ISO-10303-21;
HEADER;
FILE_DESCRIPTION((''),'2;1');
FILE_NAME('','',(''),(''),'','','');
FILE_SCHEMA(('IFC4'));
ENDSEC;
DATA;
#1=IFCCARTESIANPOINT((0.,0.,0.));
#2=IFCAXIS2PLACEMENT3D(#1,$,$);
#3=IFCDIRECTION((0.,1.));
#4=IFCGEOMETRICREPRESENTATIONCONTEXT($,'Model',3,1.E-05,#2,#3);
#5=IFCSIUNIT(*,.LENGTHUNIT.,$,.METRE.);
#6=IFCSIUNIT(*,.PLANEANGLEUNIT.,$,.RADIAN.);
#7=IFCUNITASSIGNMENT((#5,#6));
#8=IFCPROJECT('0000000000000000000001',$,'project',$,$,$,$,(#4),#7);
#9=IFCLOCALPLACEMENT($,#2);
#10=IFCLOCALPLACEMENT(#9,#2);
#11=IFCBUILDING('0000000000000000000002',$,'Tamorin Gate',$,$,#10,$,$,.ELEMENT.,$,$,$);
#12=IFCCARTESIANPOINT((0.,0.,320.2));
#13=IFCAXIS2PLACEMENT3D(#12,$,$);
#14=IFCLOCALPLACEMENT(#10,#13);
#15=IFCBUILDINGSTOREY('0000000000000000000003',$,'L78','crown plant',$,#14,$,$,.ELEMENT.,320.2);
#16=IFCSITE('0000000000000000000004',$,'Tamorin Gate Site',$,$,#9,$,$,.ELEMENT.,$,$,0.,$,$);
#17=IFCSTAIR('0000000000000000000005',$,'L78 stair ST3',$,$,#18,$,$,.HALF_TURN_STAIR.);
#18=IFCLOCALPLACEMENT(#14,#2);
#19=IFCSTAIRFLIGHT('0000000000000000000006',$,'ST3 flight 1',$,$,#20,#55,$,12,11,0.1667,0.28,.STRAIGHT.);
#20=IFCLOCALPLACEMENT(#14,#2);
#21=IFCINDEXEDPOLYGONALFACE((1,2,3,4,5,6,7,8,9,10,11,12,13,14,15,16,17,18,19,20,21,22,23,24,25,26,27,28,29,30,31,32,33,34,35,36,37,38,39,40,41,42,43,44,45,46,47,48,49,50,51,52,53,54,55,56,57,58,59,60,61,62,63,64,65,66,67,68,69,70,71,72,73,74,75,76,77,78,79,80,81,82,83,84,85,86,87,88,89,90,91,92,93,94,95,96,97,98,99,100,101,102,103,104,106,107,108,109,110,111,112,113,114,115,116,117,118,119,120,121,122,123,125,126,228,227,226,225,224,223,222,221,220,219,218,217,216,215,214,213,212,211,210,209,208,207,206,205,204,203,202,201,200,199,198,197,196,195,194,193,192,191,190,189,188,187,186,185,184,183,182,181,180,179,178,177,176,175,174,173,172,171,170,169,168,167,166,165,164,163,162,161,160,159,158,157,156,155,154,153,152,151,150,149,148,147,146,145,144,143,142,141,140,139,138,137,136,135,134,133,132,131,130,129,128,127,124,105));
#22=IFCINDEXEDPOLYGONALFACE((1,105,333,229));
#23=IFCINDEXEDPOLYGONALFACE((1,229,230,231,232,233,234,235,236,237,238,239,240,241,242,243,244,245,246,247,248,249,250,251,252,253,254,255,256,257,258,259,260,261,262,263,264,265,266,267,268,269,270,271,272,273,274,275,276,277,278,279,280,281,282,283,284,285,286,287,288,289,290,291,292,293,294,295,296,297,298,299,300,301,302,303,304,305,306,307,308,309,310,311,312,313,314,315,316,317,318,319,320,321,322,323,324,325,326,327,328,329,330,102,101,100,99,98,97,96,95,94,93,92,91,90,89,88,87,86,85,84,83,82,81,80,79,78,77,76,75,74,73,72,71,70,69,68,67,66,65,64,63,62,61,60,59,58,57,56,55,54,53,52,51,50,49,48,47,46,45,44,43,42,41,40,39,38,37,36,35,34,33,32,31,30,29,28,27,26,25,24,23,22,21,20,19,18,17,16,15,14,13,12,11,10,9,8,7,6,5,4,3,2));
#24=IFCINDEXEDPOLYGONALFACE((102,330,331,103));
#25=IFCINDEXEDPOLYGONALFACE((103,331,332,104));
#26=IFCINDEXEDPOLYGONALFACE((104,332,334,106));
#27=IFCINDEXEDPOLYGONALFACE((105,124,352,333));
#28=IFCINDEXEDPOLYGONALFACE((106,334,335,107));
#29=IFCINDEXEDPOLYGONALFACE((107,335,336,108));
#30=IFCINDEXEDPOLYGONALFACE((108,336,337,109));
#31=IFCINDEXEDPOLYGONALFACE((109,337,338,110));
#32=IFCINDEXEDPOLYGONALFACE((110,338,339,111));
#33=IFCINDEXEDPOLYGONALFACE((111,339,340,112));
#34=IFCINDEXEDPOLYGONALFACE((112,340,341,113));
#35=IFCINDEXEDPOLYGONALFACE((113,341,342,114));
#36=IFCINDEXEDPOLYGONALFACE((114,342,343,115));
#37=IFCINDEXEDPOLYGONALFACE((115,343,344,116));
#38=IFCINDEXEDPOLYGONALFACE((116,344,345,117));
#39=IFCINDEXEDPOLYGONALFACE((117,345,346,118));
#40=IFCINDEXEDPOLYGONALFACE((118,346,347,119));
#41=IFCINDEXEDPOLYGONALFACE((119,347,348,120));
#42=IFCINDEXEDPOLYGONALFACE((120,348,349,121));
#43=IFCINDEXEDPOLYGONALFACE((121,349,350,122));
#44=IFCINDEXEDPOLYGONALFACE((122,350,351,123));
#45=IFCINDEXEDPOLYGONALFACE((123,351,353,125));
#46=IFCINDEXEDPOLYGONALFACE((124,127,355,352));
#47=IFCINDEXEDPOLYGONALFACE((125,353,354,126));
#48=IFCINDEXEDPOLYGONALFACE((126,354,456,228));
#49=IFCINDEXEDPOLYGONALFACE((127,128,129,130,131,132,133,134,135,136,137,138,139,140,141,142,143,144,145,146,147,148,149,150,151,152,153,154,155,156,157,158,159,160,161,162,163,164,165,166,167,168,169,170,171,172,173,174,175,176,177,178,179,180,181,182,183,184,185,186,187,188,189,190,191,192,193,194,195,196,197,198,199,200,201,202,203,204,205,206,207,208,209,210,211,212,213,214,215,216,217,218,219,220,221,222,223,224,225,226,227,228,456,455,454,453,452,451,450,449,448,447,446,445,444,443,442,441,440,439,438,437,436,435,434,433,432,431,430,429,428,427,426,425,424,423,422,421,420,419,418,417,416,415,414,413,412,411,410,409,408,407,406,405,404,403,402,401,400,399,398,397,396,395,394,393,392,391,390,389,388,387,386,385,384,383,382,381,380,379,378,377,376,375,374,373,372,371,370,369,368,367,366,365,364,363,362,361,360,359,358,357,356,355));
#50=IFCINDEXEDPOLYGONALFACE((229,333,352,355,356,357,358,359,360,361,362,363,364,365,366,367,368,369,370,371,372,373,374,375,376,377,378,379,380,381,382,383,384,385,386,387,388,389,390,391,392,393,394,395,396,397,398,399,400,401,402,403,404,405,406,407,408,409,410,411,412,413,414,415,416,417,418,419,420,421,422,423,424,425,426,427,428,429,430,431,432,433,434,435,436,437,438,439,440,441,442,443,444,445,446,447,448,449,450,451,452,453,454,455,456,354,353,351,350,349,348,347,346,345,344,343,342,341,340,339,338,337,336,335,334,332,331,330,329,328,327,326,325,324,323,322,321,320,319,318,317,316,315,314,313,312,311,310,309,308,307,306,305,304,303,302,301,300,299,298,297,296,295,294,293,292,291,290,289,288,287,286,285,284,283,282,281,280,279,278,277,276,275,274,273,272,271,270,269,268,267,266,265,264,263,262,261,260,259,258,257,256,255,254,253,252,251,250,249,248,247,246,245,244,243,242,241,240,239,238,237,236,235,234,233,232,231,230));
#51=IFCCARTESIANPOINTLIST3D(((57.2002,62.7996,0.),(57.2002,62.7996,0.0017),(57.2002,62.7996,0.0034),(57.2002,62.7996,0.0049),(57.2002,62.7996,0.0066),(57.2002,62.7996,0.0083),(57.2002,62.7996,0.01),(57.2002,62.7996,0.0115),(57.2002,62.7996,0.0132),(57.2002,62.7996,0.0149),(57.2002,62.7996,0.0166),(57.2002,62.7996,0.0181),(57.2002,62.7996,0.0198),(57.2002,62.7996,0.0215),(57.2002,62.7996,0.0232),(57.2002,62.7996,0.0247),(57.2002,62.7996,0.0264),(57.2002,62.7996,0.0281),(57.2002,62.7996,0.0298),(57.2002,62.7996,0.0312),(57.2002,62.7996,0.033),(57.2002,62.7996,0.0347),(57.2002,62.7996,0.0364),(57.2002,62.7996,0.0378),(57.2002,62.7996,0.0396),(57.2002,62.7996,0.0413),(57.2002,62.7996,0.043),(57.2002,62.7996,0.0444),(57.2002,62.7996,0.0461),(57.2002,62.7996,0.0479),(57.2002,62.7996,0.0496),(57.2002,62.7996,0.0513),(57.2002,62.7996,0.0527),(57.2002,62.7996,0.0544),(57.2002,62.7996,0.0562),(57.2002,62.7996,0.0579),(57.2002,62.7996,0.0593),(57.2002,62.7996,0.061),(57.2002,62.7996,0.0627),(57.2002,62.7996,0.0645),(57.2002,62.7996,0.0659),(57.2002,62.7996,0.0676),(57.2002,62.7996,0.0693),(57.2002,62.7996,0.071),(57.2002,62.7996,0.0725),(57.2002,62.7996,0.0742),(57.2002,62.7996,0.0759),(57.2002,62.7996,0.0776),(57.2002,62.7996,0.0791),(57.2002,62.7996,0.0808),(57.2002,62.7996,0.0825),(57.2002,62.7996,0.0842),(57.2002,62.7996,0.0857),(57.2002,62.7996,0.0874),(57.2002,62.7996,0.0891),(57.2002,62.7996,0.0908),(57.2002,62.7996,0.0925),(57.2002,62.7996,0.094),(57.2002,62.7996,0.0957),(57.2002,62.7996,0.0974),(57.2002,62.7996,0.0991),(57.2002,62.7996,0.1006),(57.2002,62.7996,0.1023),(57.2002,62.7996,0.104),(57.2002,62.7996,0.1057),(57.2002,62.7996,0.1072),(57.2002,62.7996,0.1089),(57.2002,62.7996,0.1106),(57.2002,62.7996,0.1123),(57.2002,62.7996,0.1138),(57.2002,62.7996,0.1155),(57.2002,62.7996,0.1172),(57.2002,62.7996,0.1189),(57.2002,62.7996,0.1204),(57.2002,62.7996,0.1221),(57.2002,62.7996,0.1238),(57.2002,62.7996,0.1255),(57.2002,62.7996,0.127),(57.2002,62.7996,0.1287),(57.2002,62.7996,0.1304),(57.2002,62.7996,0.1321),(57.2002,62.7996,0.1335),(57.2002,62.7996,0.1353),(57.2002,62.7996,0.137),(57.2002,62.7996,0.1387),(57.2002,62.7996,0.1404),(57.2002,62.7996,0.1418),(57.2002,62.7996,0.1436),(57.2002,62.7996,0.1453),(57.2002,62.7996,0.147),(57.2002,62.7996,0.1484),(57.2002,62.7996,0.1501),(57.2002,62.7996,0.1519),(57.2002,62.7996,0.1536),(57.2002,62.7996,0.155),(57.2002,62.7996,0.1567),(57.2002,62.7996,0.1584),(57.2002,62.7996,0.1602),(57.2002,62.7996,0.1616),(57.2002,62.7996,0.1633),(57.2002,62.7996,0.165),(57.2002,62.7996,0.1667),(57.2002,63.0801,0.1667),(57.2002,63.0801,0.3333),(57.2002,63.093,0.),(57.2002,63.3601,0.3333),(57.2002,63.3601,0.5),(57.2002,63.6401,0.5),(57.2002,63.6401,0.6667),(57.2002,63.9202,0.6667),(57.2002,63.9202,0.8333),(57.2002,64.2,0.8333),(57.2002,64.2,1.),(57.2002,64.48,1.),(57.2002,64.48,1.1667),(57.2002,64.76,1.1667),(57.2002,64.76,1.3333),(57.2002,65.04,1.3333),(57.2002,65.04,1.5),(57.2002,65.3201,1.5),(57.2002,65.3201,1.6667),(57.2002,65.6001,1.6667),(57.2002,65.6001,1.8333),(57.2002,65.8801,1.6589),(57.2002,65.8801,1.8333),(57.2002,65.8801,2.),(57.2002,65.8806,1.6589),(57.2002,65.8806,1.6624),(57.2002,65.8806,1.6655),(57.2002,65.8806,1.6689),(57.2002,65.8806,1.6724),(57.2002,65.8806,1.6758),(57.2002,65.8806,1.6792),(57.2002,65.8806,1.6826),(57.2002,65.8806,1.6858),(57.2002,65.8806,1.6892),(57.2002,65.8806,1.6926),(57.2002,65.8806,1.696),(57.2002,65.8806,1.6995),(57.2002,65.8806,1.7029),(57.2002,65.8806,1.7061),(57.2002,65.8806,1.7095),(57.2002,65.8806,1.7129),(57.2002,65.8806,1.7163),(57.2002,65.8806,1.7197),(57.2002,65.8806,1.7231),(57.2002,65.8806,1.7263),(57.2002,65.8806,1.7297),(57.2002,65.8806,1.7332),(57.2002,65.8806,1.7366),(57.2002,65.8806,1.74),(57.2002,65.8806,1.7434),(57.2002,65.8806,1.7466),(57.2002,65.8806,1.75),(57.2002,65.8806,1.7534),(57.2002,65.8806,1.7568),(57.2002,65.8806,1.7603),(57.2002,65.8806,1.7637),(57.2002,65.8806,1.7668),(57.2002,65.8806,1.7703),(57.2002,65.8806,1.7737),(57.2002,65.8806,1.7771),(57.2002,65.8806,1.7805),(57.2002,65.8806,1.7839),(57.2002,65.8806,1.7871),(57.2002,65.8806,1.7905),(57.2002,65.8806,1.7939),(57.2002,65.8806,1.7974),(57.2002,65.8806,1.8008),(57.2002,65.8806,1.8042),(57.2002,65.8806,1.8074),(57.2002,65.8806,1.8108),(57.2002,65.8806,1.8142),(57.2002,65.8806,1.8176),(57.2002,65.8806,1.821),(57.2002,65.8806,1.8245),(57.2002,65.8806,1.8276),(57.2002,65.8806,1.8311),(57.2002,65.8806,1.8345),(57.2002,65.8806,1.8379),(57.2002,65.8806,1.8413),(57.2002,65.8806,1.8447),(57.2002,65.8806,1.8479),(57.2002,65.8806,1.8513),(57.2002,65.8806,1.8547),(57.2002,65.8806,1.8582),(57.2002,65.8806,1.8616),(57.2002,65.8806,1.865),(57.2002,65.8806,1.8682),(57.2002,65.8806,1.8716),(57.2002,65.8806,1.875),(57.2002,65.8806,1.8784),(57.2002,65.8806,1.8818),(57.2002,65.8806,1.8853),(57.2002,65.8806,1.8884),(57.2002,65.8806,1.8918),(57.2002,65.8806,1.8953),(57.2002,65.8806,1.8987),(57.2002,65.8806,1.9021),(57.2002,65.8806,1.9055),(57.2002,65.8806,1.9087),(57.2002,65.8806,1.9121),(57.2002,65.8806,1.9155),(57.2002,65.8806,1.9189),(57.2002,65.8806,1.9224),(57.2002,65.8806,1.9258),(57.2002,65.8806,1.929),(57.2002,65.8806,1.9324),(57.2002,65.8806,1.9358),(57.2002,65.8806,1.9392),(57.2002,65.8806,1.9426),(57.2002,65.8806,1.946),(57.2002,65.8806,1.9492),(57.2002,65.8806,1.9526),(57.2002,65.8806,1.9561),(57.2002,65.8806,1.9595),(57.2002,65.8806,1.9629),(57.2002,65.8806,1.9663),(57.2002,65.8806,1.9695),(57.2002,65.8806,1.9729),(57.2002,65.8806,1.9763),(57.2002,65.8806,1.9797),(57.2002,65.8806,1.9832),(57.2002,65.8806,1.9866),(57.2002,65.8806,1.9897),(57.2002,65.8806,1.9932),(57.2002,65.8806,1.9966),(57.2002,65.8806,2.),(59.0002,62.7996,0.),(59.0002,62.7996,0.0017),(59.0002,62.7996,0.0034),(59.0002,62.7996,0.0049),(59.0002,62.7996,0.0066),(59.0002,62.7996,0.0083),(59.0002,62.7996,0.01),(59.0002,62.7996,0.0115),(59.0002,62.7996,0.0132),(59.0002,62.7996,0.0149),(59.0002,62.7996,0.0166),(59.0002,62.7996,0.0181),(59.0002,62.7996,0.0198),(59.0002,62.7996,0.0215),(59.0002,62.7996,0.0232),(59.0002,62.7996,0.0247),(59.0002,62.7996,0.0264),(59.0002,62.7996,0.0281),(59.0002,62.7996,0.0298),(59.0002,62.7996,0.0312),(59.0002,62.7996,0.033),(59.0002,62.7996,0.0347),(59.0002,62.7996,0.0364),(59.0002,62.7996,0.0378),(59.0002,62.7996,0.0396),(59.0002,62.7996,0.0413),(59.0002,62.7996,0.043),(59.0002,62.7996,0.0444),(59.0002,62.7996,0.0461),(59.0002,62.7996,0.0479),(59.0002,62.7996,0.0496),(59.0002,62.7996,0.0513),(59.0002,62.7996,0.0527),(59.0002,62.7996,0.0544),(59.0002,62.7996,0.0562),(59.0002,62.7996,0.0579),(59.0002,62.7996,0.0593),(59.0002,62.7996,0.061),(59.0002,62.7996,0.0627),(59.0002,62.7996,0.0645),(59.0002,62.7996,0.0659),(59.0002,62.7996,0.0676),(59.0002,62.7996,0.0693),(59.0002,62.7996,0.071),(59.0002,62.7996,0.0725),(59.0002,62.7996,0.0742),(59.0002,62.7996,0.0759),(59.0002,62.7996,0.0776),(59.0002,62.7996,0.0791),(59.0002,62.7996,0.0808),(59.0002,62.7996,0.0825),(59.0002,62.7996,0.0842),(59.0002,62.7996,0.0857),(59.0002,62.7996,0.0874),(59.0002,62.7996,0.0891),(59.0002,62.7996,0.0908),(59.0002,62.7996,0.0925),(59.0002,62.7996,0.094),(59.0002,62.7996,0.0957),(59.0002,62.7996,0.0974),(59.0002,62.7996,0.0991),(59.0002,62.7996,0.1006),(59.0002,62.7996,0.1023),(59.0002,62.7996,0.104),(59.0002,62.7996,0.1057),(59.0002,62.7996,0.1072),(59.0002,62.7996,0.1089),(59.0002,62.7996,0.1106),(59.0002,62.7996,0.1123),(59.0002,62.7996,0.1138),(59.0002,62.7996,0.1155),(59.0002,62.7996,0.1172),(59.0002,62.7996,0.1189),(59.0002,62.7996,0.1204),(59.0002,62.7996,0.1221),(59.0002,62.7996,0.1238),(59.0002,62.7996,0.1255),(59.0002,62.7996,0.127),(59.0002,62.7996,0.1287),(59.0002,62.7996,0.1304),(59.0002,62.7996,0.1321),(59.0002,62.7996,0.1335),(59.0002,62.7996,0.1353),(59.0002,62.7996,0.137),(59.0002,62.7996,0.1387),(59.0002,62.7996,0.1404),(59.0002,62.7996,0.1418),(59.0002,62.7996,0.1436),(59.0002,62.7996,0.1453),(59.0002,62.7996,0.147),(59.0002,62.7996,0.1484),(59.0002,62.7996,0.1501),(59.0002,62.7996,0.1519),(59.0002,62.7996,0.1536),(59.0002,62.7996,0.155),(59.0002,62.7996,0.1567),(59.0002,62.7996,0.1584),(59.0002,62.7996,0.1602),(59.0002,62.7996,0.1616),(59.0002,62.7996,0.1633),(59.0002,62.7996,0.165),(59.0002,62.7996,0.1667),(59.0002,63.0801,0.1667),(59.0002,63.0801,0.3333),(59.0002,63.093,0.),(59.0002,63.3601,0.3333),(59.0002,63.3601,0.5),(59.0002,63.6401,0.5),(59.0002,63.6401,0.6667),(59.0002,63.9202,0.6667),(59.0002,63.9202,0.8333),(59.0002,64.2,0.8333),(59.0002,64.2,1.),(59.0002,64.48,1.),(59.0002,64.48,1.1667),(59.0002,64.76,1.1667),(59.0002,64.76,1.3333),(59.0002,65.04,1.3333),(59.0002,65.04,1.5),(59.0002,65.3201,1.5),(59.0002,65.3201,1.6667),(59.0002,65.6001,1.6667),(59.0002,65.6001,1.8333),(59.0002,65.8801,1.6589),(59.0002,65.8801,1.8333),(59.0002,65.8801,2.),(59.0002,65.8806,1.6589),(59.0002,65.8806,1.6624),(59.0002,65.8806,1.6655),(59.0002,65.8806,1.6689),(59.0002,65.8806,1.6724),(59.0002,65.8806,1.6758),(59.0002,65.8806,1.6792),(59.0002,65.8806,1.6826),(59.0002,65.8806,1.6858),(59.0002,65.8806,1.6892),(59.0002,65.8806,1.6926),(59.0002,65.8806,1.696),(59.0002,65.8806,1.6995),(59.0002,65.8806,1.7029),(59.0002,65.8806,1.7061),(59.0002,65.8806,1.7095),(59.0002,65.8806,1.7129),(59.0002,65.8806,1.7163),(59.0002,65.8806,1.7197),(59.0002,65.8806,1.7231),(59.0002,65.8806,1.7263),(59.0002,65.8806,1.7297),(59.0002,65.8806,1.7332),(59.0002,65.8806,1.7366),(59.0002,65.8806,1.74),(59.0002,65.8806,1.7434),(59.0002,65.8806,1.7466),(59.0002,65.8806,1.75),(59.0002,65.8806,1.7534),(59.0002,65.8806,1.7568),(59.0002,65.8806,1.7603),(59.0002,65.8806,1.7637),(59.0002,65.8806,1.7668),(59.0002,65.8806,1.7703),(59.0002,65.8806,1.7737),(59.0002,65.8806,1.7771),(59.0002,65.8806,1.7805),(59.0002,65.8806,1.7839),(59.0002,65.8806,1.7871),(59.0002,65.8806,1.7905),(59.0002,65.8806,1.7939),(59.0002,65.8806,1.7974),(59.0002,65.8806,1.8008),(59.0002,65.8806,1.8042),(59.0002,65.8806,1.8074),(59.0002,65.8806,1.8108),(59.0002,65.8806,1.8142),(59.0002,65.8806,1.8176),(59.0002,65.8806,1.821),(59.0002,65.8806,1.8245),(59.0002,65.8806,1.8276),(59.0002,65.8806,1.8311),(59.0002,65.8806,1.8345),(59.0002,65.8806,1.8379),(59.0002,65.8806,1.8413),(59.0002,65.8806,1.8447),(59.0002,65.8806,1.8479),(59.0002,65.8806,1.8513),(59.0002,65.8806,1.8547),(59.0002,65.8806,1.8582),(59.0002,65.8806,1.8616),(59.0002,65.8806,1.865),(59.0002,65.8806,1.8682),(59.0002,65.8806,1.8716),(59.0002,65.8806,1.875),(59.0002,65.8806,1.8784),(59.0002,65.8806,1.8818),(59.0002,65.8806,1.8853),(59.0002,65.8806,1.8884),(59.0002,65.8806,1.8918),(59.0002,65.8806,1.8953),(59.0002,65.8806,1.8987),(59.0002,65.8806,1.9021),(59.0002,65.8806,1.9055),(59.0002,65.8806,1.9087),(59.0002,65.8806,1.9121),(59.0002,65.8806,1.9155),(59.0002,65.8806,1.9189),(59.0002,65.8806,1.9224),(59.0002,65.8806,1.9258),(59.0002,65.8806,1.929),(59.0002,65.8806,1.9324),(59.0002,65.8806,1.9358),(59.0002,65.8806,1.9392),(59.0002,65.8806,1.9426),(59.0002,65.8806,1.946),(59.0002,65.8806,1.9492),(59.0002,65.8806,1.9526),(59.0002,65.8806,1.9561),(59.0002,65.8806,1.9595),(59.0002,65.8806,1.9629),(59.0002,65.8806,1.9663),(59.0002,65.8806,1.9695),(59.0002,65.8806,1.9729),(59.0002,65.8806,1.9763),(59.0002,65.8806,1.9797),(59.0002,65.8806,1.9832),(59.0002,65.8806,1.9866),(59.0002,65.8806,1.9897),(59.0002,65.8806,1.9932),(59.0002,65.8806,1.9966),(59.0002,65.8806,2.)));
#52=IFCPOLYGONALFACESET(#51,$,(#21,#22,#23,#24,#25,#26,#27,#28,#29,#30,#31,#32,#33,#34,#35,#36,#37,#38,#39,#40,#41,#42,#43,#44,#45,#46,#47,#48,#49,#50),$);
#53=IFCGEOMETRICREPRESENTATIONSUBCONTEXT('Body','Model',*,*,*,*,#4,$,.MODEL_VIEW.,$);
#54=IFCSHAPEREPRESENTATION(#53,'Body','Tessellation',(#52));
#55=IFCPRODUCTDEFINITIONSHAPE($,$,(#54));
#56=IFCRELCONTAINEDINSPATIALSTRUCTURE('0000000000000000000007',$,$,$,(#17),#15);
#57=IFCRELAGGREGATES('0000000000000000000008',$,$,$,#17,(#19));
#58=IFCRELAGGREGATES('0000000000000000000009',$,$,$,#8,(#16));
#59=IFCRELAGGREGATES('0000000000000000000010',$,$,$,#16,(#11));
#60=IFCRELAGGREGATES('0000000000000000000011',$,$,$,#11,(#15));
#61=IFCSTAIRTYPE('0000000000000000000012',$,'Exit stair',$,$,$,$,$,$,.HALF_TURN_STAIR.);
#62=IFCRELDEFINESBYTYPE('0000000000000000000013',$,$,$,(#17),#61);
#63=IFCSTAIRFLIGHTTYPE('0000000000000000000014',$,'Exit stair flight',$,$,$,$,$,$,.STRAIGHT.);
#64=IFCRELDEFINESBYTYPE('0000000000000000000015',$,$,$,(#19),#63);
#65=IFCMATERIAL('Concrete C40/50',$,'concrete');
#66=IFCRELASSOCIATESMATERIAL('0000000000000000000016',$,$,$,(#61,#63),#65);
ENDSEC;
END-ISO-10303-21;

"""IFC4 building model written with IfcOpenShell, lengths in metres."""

from ifc_helpers import new_model, si_unit, direction, frame, origin, place, context, subcontext, project, spatial, polyline, outline, extrude, material, type_object, element, aggregate, save


model = new_model("IFC4")

# Units and contexts
model_context = context("Model", 3, precision=1e-05, world=origin(), true_north=direction((0.0, 1.0)))
body_context = subcontext(model_context, "Body", "Model", "MODEL_VIEW")
ifc_project = project(units=[si_unit("LENGTHUNIT", "METRE"), si_unit("PLANEANGLEUNIT", "RADIAN")], contexts=[model_context])

# Site, building, storey
site_placement = place(None, origin())
site = spatial("IfcSite", under=ifc_project, at=site_placement, Name="Tamorin Gate Site", CompositionType="ELEMENT", RefElevation=0.0)
building_placement = place(site_placement, origin())
building = spatial("IfcBuilding", under=site, at=building_placement, Name="Tamorin Gate", CompositionType="ELEMENT")
storey_placement = place(building_placement, frame((0.0, 0.0, 320.2)))
storey = spatial("IfcBuildingStorey", under=building, at=storey_placement, Name="L78", Description="crown plant", CompositionType="ELEMENT", Elevation=320.2)

# Shared definitions
ifc_material_1 = material(Name="Concrete C40/50", Category="concrete")

# Stair, stair flight
stair_type = type_object("IfcStairType", Name="Exit stair", PredefinedType="HALF_TURN_STAIR", material=ifc_material_1)
stair_placement = place(storey_placement, origin())
stair = element("IfcStair", 1, at=stair_placement, inside=storey, type_object=stair_type, Name="L78 stair ST3", PredefinedType="HALF_TURN_STAIR")
stair_flight_type = type_object("IfcStairFlightType", Name="Exit stair flight", PredefinedType="STRAIGHT", material=ifc_material_1)
stair_flight_1_placement = place(storey_placement, frame((58.1001, 62.8, 0.0), z_axis=(0.0, 0.0, 1.0), x_axis=(0.0, 1.0, 0.0)))
stair_flight_1 = element("IfcStairFlight", 2, at=stair_flight_1_placement, type_object=stair_flight_type, Name="ST3 flight 1", NumberOfRisers=12, NumberOfTreads=11, PredefinedType="STRAIGHT", RiserHeight=0.1667, TreadLength=0.28, context=body_context, shape_type="SweptSolid", body=[
    extrude(outline(polyline([(-0.0005, 0.0), (-0.0005, 0.0017), (-0.0005, 0.0034), (-0.0005, 0.0049), (-0.0005, 0.0066), (-0.0005, 0.0083), (-0.0005, 0.01), (-0.0005, 0.0115), (-0.0005, 0.0132), (-0.0005, 0.0149), (-0.0005, 0.0166), (-0.0005, 0.0181), (-0.0005, 0.0198), (-0.0005, 0.0215), (-0.0005, 0.0232), (-0.0005, 0.0247), (-0.0005, 0.0264), (-0.0005, 0.0281), (-0.0005, 0.0298), (-0.0005, 0.0312), (-0.0005, 0.033), (-0.0005, 0.0347), (-0.0005, 0.0364), (-0.0005, 0.0378), (-0.0005, 0.0396), (-0.0005, 0.0413), (-0.0005, 0.043), (-0.0005, 0.0444), (-0.0005, 0.0461), (-0.0005, 0.0479), (-0.0005, 0.0496), (-0.0005, 0.0513), (-0.0005, 0.0527), (-0.0005, 0.0544), (-0.0005, 0.0562), (-0.0005, 0.0579), (-0.0005, 0.0593), (-0.0005, 0.061), (-0.0005, 0.0627), (-0.0005, 0.0645), (-0.0005, 0.0659), (-0.0005, 0.0676), (-0.0005, 0.0693), (-0.0005, 0.071), (-0.0005, 0.0725), (-0.0005, 0.0742), (-0.0005, 0.0759), (-0.0005, 0.0776), (-0.0005, 0.0791), (-0.0005, 0.0808), (-0.0005, 0.0825), (-0.0005, 0.0842), (-0.0005, 0.0857), (-0.0005, 0.0874), (-0.0005, 0.0891), (-0.0005, 0.0908), (-0.0005, 0.0925), (-0.0005, 0.094), (-0.0005, 0.0957), (-0.0005, 0.0974), (-0.0005, 0.0991), (-0.0005, 0.1006), (-0.0005, 0.1023), (-0.0005, 0.104), (-0.0005, 0.1057), (-0.0005, 0.1072), (-0.0005, 0.1089), (-0.0005, 0.1106), (-0.0005, 0.1123), (-0.0005, 0.1138), (-0.0005, 0.1155), (-0.0005, 0.1172), (-0.0005, 0.1189), (-0.0005, 0.1204), (-0.0005, 0.1221), (-0.0005, 0.1238), (-0.0005, 0.1255), (-0.0005, 0.127), (-0.0005, 0.1287), (-0.0005, 0.1304), (-0.0005, 0.1321), (-0.0005, 0.1335), (-0.0005, 0.1353), (-0.0005, 0.137), (-0.0005, 0.1387), (-0.0005, 0.1404), (-0.0005, 0.1418), (-0.0005, 0.1436), (-0.0005, 0.1453), (-0.0005, 0.147), (-0.0005, 0.1484), (-0.0005, 0.1501), (-0.0005, 0.1519), (-0.0005, 0.1536), (-0.0005, 0.155), (-0.0005, 0.1567), (-0.0005, 0.1584), (-0.0005, 0.1602), (-0.0005, 0.1616), (-0.0005, 0.1633), (-0.0005, 0.165), (-0.0005, 0.1667), (0.28, 0.1667), (0.28, 0.3333), (0.5601, 0.3333), (0.5601, 0.5), (0.8401, 0.5), (0.8401, 0.6667), (1.1201, 0.6667), (1.1201, 0.8333), (1.3999, 0.8333), (1.3999, 1.0), (1.6799, 1.0), (1.6799, 1.1667), (1.96, 1.1667), (1.96, 1.3333), (2.24, 1.3333), (2.24, 1.5), (2.52, 1.5), (2.52, 1.6667), (2.8, 1.6667), (2.8, 1.8333), (3.0801, 1.8333), (3.0801, 2.0), (3.0806, 2.0), (3.0806, 1.9966), (3.0806, 1.9932), (3.0806, 1.9897), (3.0806, 1.9866), (3.0806, 1.9832), (3.0806, 1.9797), (3.0806, 1.9763), (3.0806, 1.9729), (3.0806, 1.9695), (3.0806, 1.9663), (3.0806, 1.9629), (3.0806, 1.9595), (3.0806, 1.9561), (3.0806, 1.9526), (3.0806, 1.9492), (3.0806, 1.946), (3.0806, 1.9426), (3.0806, 1.9392), (3.0806, 1.9358), (3.0806, 1.9324), (3.0806, 1.929), (3.0806, 1.9258), (3.0806, 1.9224), (3.0806, 1.9189), (3.0806, 1.9155), (3.0806, 1.9121), (3.0806, 1.9087), (3.0806, 1.9055), (3.0806, 1.9021), (3.0806, 1.8987), (3.0806, 1.8953), (3.0806, 1.8918), (3.0806, 1.8884), (3.0806, 1.8853), (3.0806, 1.8818), (3.0806, 1.8784), (3.0806, 1.875), (3.0806, 1.8716), (3.0806, 1.8682), (3.0806, 1.865), (3.0806, 1.8616), (3.0806, 1.8582), (3.0806, 1.8547), (3.0806, 1.8513), (3.0806, 1.8479), (3.0806, 1.8447), (3.0806, 1.8413), (3.0806, 1.8379), (3.0806, 1.8345), (3.0806, 1.8311), (3.0806, 1.8276), (3.0806, 1.8245), (3.0806, 1.821), (3.0806, 1.8176), (3.0806, 1.8142), (3.0806, 1.8108), (3.0806, 1.8074), (3.0806, 1.8042), (3.0806, 1.8008), (3.0806, 1.7974), (3.0806, 1.7939), (3.0806, 1.7905), (3.0806, 1.7871), (3.0806, 1.7839), (3.0806, 1.7805), (3.0806, 1.7771), (3.0806, 1.7737), (3.0806, 1.7703), (3.0806, 1.7668), (3.0806, 1.7637), (3.0806, 1.7603), (3.0806, 1.7568), (3.0806, 1.7534), (3.0806, 1.75), (3.0806, 1.7466), (3.0806, 1.7434), (3.0806, 1.74), (3.0806, 1.7366), (3.0806, 1.7332), (3.0806, 1.7297), (3.0806, 1.7263), (3.0806, 1.7231), (3.0806, 1.7197), (3.0806, 1.7163), (3.0806, 1.7129), (3.0806, 1.7095), (3.0806, 1.7061), (3.0806, 1.7029), (3.0806, 1.6995), (3.0806, 1.696), (3.0806, 1.6926), (3.0806, 1.6892), (3.0806, 1.6858), (3.0806, 1.6826), (3.0806, 1.6792), (3.0806, 1.6758), (3.0806, 1.6724), (3.0806, 1.6689), (3.0806, 1.6655), (3.0806, 1.6624), (3.0806, 1.6589), (3.0801, 1.6589), (0.293, 0.0), (-0.0005, 0.0)])), frame((0.0, 0.8999, 0.0), z_axis=(0.0, -1.0, 0.0), x_axis=(1.0, 0.0, 0.0)), (0.0, 0.0, 1.0), 1.8),
])
aggregate(stair, [stair_flight_1])

save(model, "model.ifc")
